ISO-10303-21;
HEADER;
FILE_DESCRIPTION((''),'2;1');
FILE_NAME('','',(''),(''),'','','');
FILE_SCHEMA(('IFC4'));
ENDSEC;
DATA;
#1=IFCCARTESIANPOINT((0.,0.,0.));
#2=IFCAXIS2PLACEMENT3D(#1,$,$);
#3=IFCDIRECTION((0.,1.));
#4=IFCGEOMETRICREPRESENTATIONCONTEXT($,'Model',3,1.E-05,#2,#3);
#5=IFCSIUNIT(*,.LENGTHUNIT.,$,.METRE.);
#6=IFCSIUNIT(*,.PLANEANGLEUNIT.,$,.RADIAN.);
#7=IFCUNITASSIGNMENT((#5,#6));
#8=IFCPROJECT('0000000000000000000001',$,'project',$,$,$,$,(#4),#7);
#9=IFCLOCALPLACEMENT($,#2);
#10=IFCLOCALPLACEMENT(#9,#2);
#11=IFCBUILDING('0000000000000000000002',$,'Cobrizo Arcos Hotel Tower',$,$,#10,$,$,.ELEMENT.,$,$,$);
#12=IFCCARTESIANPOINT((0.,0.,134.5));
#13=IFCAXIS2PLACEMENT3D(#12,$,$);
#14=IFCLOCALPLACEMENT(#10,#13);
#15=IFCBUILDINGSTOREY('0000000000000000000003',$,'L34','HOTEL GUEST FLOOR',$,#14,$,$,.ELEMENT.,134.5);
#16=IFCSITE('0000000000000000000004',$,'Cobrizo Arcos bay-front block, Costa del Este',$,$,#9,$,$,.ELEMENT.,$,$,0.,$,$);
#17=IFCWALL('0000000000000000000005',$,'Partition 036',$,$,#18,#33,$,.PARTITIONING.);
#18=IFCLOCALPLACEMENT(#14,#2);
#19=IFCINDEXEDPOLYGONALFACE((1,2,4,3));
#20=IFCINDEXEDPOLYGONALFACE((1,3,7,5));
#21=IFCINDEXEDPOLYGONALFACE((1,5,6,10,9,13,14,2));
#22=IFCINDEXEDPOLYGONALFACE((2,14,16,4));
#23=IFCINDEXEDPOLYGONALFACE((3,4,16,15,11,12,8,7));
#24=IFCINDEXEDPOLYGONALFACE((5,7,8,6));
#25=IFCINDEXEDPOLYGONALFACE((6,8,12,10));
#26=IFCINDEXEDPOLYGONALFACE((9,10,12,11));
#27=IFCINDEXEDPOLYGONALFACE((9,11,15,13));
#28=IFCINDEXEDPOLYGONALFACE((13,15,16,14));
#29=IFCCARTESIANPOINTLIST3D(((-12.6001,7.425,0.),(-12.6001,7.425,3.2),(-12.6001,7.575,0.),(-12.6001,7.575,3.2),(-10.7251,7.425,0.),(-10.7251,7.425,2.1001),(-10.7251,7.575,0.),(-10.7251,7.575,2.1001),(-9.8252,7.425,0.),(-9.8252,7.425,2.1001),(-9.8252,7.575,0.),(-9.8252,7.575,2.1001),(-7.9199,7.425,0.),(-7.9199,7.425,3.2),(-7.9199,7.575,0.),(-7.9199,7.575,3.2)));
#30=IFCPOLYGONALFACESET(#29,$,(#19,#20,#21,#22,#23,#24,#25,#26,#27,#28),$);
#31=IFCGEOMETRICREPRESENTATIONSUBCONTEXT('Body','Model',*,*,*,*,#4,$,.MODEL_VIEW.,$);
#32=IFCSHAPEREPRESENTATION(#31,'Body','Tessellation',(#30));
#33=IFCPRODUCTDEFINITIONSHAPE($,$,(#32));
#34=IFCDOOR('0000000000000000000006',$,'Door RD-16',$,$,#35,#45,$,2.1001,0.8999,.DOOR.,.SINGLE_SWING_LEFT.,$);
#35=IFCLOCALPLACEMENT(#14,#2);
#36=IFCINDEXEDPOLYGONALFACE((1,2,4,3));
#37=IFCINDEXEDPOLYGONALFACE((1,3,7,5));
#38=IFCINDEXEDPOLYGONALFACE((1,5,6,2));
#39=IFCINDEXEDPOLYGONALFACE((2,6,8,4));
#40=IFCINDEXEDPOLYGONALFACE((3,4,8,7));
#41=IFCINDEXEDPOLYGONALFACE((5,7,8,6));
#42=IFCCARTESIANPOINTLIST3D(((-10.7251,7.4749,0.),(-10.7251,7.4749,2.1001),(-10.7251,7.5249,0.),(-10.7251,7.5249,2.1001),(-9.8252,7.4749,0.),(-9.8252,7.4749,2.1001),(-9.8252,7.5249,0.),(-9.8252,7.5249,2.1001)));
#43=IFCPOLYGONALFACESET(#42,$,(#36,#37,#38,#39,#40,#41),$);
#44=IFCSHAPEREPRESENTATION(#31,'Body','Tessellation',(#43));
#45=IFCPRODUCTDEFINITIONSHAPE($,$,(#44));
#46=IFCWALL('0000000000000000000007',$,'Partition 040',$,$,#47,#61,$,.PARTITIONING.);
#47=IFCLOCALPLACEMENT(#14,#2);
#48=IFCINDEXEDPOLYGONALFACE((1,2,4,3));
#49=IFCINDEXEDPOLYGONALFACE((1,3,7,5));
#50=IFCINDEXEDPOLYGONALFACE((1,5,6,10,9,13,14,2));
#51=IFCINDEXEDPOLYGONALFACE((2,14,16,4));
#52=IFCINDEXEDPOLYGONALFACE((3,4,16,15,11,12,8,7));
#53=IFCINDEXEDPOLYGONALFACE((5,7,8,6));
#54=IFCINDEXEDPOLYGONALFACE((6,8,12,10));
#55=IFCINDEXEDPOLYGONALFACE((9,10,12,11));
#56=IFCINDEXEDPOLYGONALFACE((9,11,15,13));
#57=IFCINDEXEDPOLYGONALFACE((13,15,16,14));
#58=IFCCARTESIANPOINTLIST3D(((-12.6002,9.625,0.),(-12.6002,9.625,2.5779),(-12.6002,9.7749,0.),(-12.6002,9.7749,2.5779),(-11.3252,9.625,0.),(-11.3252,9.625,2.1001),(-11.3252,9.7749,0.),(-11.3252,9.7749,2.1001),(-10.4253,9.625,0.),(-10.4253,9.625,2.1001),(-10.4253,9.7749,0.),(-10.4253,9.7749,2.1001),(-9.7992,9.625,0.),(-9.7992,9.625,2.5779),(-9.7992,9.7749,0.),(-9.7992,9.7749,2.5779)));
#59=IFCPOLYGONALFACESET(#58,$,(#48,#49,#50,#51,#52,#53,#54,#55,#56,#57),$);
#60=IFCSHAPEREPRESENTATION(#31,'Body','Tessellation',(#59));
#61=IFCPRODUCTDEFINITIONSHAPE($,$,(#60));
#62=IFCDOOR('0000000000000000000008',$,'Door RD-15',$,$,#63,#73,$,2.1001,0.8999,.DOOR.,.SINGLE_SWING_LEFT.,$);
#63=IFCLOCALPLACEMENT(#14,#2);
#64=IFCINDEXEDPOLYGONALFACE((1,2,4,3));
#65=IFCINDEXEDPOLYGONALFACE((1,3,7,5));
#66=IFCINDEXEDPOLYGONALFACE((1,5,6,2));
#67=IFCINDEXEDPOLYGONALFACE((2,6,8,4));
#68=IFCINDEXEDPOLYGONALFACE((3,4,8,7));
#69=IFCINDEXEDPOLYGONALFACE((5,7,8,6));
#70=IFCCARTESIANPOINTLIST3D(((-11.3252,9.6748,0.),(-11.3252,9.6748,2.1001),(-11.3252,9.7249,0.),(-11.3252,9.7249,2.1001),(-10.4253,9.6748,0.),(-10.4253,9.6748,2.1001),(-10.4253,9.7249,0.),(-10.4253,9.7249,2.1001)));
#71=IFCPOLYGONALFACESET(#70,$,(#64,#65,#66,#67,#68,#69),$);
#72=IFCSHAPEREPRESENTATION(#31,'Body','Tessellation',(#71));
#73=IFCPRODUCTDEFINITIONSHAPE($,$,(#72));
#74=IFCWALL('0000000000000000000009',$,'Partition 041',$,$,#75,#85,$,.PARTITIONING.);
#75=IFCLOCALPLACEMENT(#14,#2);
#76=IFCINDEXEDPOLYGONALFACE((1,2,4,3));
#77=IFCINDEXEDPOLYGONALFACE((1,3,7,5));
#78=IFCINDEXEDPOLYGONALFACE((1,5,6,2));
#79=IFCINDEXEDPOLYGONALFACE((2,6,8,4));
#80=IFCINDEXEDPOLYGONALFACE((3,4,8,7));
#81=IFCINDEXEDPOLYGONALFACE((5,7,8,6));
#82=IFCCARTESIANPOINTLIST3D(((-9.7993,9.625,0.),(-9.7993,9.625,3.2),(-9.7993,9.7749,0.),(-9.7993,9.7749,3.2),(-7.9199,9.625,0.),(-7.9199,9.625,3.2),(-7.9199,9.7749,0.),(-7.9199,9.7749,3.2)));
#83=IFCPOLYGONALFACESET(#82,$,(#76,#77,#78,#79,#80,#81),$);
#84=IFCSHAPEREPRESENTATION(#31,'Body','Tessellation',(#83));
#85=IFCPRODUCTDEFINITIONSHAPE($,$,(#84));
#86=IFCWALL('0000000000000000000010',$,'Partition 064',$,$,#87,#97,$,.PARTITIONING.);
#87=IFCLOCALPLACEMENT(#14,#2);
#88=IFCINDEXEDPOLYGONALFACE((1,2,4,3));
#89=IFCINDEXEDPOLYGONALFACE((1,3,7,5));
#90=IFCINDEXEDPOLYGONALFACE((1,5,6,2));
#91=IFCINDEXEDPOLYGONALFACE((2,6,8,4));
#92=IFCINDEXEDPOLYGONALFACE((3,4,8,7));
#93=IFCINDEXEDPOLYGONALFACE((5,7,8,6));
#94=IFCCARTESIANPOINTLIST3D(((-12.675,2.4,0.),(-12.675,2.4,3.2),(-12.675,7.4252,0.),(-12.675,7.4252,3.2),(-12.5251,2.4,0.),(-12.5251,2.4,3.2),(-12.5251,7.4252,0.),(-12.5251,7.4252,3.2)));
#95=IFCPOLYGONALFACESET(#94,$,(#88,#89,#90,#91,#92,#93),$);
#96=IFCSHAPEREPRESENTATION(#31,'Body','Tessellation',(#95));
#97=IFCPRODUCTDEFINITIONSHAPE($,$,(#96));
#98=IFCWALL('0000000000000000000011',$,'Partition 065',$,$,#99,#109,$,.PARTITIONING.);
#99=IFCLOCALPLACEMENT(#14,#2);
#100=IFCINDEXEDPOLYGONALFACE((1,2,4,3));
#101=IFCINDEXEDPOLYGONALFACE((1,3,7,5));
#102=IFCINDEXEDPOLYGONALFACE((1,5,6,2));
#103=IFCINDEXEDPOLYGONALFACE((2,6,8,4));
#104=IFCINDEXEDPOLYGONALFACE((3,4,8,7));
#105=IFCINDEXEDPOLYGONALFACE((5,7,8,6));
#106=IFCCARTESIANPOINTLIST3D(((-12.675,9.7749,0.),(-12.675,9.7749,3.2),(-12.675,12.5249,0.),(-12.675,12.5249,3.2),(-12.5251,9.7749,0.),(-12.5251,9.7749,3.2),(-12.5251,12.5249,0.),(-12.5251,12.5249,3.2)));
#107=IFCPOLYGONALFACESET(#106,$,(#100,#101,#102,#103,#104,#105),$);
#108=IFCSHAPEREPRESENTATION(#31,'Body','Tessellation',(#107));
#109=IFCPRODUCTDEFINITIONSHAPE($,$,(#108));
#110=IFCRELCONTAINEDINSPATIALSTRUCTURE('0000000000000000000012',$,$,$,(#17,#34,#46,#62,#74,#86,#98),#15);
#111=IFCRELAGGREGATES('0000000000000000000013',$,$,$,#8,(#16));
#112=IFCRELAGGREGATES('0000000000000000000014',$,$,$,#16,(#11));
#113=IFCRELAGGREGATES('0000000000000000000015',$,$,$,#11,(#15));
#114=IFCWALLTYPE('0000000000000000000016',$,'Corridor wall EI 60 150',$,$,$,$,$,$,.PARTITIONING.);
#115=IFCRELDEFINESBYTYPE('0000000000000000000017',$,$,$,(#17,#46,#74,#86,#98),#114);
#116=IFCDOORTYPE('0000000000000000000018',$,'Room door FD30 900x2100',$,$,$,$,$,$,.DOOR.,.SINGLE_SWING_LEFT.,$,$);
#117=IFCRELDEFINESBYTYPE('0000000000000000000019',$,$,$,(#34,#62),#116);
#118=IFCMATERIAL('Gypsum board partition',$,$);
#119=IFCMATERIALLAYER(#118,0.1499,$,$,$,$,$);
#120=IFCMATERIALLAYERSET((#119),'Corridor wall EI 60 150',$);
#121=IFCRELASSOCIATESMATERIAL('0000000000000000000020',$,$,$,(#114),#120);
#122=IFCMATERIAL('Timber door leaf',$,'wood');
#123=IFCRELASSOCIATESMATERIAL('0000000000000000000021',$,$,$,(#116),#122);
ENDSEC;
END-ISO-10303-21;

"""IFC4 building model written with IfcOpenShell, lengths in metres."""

from ifc_helpers import new_model, si_unit, direction, frame, frame_2d, origin, place, context, subcontext, project, spatial, rectangle, extrude, material, layer, layer_set, type_object, element, fill, save


model = new_model("IFC4")

# Units and contexts
model_context = context("Model", 3, precision=1e-05, world=origin(), true_north=direction((0.0, 1.0)))
body_context = subcontext(model_context, "Body", "Model", "MODEL_VIEW")
ifc_project = project(units=[si_unit("LENGTHUNIT", "METRE"), si_unit("PLANEANGLEUNIT", "RADIAN")], contexts=[model_context])

# Site, building, storey
site_placement = place(None, origin())
site = spatial("IfcSite", under=ifc_project, at=site_placement, Name="Cobrizo Arcos bay-front block, Costa del Este", CompositionType="ELEMENT", RefElevation=0.0)
building_placement = place(site_placement, origin())
building = spatial("IfcBuilding", under=site, at=building_placement, Name="Cobrizo Arcos Hotel Tower", CompositionType="ELEMENT")
storey_placement = place(building_placement, frame((0.0, 0.0, 134.5)))
storey = spatial("IfcBuildingStorey", under=building, at=storey_placement, Name="L34", Description="HOTEL GUEST FLOOR", CompositionType="ELEMENT", Elevation=134.5)

# Shared definitions
ifc_material_1 = material(Name="Gypsum board partition")
ifc_layer_1 = layer(ifc_material_1, 0.1499)
ifc_layer_set_1 = layer_set([ifc_layer_1], Name="Corridor wall EI 60 150")
wall_type = type_object("IfcWallType", Name="Corridor wall EI 60 150", PredefinedType="PARTITIONING", material=ifc_layer_set_1)

# Walls, openings, doors
wall_1_placement = place(storey_placement, frame((-12.6001, 7.5, 0.0), z_axis=(0.0, 0.0, 1.0), x_axis=(1.0, 0.0, 0.0)))
wall_1 = element("IfcWall", 1, at=wall_1_placement, inside=storey, type_object=wall_type, Name="Partition 036", PredefinedType="PARTITIONING", context=body_context, shape_type="SweptSolid", body=[
    extrude(rectangle(XDim=4.6802, YDim=0.1499, at=frame_2d((2.3401, 0.0))), origin(), (0.0, 0.0, 1.0), 3.2),
])
opening_1_placement = place(wall_1_placement, frame((1.875, 0.0, 0.0)))
opening_1 = element("IfcOpeningElement", 2, at=opening_1_placement, cuts=wall_1, PredefinedType="OPENING", context=body_context, shape_type="SweptSolid", body=[
    extrude(rectangle(XDim=0.8999, YDim=2.1001, at=frame_2d((0.45, 1.05))), frame((0.0, 0.0869, 0.0), z_axis=(0.0, -1.0, 0.0), x_axis=(1.0, 0.0, 0.0)), (0.0, 0.0, 1.0), 0.1738),
])
ifc_material_2 = material(Name="Timber door leaf", Category="wood")
door_type = type_object("IfcDoorType", Name="Room door FD30 900x2100", OperationType="SINGLE_SWING_LEFT", PredefinedType="DOOR", material=ifc_material_2)
door_1_placement = place(opening_1_placement, origin())
door_1 = element("IfcDoor", 3, at=door_1_placement, inside=storey, type_object=door_type, Name="Door RD-16", OperationType="SINGLE_SWING_LEFT", OverallHeight=2.1001, OverallWidth=0.8999, PredefinedType="DOOR", context=body_context, shape_type="SweptSolid", body=[
    extrude(rectangle(XDim=0.8999, YDim=2.1001, at=frame_2d((0.45, 1.05))), frame((0.0, 0.0249, 0.0), z_axis=(0.0, -1.0, 0.0), x_axis=(1.0, 0.0, 0.0)), (0.0, 0.0, 1.0), 0.05),
])
fill(opening_1, door_1)
wall_2_placement = place(storey_placement, frame((-12.6001, 9.7, 0.0), z_axis=(0.0, 0.0, 1.0), x_axis=(1.0, 0.0, 0.0)))
wall_2 = element("IfcWall", 4, at=wall_2_placement, inside=storey, type_object=wall_type, Name="Partition 040", PredefinedType="PARTITIONING", context=body_context, shape_type="SweptSolid", body=[
    extrude(rectangle(XDim=2.801, YDim=0.1499, at=frame_2d((1.4004, 0.0))), origin(), (0.0, 0.0, 1.0), 2.5779),
])
opening_2_placement = place(wall_2_placement, frame((1.2749, 0.0, 0.0)))
opening_2 = element("IfcOpeningElement", 5, at=opening_2_placement, cuts=wall_2, PredefinedType="OPENING", context=body_context, shape_type="SweptSolid", body=[
    extrude(rectangle(XDim=0.8999, YDim=2.1001, at=frame_2d((0.45, 1.05))), frame((0.0, 0.0869, 0.0), z_axis=(0.0, -1.0, 0.0), x_axis=(1.0, 0.0, 0.0)), (0.0, 0.0, 1.0), 0.1738),
])
door_2_placement = place(opening_2_placement, origin())
door_2 = element("IfcDoor", 6, at=door_2_placement, inside=storey, type_object=door_type, Name="Door RD-15", OperationType="SINGLE_SWING_LEFT", OverallHeight=2.1001, OverallWidth=0.8999, PredefinedType="DOOR", context=body_context, shape_type="SweptSolid", body=[
    extrude(rectangle(XDim=0.8999, YDim=2.1001, at=frame_2d((0.45, 1.05))), frame((0.0, 0.0249, 0.0), z_axis=(0.0, -1.0, 0.0), x_axis=(1.0, 0.0, 0.0)), (0.0, 0.0, 1.0), 0.05),
])
fill(opening_2, door_2)

# Walls
wall_3_placement = place(storey_placement, frame((-9.7993, 9.7, 0.0), z_axis=(0.0, 0.0, 1.0), x_axis=(1.0, 0.0, 0.0)))
element("IfcWall", 7, at=wall_3_placement, inside=storey, type_object=wall_type, Name="Partition 041", PredefinedType="PARTITIONING", context=body_context, shape_type="SweptSolid", body=[
    extrude(rectangle(XDim=1.8794, YDim=0.1499, at=frame_2d((0.9397, 0.0))), origin(), (0.0, 0.0, 1.0), 3.2),
])
wall_4_placement = place(storey_placement, frame((-12.6001, 2.3999, 0.0), z_axis=(0.0, 0.0, 1.0), x_axis=(0.0, 1.0, 0.0)))
element("IfcWall", 8, at=wall_4_placement, inside=storey, type_object=wall_type, Name="Partition 064", PredefinedType="PARTITIONING", context=body_context, shape_type="SweptSolid", body=[
    extrude(rectangle(XDim=5.0251, YDim=0.1499, at=frame_2d((2.5127, 0.0))), origin(), (0.0, 0.0, 1.0), 3.2),
])
wall_5_placement = place(storey_placement, frame((-12.6001, 9.7749, 0.0), z_axis=(0.0, 0.0, 1.0), x_axis=(0.0, 1.0, 0.0)))
element("IfcWall", 9, at=wall_5_placement, inside=storey, type_object=wall_type, Name="Partition 065", PredefinedType="PARTITIONING", context=body_context, shape_type="SweptSolid", body=[
    extrude(rectangle(XDim=2.75, YDim=0.1499, at=frame_2d((1.375, 0.0))), origin(), (0.0, 0.0, 1.0), 3.2),
])

save(model, "model.ifc")
